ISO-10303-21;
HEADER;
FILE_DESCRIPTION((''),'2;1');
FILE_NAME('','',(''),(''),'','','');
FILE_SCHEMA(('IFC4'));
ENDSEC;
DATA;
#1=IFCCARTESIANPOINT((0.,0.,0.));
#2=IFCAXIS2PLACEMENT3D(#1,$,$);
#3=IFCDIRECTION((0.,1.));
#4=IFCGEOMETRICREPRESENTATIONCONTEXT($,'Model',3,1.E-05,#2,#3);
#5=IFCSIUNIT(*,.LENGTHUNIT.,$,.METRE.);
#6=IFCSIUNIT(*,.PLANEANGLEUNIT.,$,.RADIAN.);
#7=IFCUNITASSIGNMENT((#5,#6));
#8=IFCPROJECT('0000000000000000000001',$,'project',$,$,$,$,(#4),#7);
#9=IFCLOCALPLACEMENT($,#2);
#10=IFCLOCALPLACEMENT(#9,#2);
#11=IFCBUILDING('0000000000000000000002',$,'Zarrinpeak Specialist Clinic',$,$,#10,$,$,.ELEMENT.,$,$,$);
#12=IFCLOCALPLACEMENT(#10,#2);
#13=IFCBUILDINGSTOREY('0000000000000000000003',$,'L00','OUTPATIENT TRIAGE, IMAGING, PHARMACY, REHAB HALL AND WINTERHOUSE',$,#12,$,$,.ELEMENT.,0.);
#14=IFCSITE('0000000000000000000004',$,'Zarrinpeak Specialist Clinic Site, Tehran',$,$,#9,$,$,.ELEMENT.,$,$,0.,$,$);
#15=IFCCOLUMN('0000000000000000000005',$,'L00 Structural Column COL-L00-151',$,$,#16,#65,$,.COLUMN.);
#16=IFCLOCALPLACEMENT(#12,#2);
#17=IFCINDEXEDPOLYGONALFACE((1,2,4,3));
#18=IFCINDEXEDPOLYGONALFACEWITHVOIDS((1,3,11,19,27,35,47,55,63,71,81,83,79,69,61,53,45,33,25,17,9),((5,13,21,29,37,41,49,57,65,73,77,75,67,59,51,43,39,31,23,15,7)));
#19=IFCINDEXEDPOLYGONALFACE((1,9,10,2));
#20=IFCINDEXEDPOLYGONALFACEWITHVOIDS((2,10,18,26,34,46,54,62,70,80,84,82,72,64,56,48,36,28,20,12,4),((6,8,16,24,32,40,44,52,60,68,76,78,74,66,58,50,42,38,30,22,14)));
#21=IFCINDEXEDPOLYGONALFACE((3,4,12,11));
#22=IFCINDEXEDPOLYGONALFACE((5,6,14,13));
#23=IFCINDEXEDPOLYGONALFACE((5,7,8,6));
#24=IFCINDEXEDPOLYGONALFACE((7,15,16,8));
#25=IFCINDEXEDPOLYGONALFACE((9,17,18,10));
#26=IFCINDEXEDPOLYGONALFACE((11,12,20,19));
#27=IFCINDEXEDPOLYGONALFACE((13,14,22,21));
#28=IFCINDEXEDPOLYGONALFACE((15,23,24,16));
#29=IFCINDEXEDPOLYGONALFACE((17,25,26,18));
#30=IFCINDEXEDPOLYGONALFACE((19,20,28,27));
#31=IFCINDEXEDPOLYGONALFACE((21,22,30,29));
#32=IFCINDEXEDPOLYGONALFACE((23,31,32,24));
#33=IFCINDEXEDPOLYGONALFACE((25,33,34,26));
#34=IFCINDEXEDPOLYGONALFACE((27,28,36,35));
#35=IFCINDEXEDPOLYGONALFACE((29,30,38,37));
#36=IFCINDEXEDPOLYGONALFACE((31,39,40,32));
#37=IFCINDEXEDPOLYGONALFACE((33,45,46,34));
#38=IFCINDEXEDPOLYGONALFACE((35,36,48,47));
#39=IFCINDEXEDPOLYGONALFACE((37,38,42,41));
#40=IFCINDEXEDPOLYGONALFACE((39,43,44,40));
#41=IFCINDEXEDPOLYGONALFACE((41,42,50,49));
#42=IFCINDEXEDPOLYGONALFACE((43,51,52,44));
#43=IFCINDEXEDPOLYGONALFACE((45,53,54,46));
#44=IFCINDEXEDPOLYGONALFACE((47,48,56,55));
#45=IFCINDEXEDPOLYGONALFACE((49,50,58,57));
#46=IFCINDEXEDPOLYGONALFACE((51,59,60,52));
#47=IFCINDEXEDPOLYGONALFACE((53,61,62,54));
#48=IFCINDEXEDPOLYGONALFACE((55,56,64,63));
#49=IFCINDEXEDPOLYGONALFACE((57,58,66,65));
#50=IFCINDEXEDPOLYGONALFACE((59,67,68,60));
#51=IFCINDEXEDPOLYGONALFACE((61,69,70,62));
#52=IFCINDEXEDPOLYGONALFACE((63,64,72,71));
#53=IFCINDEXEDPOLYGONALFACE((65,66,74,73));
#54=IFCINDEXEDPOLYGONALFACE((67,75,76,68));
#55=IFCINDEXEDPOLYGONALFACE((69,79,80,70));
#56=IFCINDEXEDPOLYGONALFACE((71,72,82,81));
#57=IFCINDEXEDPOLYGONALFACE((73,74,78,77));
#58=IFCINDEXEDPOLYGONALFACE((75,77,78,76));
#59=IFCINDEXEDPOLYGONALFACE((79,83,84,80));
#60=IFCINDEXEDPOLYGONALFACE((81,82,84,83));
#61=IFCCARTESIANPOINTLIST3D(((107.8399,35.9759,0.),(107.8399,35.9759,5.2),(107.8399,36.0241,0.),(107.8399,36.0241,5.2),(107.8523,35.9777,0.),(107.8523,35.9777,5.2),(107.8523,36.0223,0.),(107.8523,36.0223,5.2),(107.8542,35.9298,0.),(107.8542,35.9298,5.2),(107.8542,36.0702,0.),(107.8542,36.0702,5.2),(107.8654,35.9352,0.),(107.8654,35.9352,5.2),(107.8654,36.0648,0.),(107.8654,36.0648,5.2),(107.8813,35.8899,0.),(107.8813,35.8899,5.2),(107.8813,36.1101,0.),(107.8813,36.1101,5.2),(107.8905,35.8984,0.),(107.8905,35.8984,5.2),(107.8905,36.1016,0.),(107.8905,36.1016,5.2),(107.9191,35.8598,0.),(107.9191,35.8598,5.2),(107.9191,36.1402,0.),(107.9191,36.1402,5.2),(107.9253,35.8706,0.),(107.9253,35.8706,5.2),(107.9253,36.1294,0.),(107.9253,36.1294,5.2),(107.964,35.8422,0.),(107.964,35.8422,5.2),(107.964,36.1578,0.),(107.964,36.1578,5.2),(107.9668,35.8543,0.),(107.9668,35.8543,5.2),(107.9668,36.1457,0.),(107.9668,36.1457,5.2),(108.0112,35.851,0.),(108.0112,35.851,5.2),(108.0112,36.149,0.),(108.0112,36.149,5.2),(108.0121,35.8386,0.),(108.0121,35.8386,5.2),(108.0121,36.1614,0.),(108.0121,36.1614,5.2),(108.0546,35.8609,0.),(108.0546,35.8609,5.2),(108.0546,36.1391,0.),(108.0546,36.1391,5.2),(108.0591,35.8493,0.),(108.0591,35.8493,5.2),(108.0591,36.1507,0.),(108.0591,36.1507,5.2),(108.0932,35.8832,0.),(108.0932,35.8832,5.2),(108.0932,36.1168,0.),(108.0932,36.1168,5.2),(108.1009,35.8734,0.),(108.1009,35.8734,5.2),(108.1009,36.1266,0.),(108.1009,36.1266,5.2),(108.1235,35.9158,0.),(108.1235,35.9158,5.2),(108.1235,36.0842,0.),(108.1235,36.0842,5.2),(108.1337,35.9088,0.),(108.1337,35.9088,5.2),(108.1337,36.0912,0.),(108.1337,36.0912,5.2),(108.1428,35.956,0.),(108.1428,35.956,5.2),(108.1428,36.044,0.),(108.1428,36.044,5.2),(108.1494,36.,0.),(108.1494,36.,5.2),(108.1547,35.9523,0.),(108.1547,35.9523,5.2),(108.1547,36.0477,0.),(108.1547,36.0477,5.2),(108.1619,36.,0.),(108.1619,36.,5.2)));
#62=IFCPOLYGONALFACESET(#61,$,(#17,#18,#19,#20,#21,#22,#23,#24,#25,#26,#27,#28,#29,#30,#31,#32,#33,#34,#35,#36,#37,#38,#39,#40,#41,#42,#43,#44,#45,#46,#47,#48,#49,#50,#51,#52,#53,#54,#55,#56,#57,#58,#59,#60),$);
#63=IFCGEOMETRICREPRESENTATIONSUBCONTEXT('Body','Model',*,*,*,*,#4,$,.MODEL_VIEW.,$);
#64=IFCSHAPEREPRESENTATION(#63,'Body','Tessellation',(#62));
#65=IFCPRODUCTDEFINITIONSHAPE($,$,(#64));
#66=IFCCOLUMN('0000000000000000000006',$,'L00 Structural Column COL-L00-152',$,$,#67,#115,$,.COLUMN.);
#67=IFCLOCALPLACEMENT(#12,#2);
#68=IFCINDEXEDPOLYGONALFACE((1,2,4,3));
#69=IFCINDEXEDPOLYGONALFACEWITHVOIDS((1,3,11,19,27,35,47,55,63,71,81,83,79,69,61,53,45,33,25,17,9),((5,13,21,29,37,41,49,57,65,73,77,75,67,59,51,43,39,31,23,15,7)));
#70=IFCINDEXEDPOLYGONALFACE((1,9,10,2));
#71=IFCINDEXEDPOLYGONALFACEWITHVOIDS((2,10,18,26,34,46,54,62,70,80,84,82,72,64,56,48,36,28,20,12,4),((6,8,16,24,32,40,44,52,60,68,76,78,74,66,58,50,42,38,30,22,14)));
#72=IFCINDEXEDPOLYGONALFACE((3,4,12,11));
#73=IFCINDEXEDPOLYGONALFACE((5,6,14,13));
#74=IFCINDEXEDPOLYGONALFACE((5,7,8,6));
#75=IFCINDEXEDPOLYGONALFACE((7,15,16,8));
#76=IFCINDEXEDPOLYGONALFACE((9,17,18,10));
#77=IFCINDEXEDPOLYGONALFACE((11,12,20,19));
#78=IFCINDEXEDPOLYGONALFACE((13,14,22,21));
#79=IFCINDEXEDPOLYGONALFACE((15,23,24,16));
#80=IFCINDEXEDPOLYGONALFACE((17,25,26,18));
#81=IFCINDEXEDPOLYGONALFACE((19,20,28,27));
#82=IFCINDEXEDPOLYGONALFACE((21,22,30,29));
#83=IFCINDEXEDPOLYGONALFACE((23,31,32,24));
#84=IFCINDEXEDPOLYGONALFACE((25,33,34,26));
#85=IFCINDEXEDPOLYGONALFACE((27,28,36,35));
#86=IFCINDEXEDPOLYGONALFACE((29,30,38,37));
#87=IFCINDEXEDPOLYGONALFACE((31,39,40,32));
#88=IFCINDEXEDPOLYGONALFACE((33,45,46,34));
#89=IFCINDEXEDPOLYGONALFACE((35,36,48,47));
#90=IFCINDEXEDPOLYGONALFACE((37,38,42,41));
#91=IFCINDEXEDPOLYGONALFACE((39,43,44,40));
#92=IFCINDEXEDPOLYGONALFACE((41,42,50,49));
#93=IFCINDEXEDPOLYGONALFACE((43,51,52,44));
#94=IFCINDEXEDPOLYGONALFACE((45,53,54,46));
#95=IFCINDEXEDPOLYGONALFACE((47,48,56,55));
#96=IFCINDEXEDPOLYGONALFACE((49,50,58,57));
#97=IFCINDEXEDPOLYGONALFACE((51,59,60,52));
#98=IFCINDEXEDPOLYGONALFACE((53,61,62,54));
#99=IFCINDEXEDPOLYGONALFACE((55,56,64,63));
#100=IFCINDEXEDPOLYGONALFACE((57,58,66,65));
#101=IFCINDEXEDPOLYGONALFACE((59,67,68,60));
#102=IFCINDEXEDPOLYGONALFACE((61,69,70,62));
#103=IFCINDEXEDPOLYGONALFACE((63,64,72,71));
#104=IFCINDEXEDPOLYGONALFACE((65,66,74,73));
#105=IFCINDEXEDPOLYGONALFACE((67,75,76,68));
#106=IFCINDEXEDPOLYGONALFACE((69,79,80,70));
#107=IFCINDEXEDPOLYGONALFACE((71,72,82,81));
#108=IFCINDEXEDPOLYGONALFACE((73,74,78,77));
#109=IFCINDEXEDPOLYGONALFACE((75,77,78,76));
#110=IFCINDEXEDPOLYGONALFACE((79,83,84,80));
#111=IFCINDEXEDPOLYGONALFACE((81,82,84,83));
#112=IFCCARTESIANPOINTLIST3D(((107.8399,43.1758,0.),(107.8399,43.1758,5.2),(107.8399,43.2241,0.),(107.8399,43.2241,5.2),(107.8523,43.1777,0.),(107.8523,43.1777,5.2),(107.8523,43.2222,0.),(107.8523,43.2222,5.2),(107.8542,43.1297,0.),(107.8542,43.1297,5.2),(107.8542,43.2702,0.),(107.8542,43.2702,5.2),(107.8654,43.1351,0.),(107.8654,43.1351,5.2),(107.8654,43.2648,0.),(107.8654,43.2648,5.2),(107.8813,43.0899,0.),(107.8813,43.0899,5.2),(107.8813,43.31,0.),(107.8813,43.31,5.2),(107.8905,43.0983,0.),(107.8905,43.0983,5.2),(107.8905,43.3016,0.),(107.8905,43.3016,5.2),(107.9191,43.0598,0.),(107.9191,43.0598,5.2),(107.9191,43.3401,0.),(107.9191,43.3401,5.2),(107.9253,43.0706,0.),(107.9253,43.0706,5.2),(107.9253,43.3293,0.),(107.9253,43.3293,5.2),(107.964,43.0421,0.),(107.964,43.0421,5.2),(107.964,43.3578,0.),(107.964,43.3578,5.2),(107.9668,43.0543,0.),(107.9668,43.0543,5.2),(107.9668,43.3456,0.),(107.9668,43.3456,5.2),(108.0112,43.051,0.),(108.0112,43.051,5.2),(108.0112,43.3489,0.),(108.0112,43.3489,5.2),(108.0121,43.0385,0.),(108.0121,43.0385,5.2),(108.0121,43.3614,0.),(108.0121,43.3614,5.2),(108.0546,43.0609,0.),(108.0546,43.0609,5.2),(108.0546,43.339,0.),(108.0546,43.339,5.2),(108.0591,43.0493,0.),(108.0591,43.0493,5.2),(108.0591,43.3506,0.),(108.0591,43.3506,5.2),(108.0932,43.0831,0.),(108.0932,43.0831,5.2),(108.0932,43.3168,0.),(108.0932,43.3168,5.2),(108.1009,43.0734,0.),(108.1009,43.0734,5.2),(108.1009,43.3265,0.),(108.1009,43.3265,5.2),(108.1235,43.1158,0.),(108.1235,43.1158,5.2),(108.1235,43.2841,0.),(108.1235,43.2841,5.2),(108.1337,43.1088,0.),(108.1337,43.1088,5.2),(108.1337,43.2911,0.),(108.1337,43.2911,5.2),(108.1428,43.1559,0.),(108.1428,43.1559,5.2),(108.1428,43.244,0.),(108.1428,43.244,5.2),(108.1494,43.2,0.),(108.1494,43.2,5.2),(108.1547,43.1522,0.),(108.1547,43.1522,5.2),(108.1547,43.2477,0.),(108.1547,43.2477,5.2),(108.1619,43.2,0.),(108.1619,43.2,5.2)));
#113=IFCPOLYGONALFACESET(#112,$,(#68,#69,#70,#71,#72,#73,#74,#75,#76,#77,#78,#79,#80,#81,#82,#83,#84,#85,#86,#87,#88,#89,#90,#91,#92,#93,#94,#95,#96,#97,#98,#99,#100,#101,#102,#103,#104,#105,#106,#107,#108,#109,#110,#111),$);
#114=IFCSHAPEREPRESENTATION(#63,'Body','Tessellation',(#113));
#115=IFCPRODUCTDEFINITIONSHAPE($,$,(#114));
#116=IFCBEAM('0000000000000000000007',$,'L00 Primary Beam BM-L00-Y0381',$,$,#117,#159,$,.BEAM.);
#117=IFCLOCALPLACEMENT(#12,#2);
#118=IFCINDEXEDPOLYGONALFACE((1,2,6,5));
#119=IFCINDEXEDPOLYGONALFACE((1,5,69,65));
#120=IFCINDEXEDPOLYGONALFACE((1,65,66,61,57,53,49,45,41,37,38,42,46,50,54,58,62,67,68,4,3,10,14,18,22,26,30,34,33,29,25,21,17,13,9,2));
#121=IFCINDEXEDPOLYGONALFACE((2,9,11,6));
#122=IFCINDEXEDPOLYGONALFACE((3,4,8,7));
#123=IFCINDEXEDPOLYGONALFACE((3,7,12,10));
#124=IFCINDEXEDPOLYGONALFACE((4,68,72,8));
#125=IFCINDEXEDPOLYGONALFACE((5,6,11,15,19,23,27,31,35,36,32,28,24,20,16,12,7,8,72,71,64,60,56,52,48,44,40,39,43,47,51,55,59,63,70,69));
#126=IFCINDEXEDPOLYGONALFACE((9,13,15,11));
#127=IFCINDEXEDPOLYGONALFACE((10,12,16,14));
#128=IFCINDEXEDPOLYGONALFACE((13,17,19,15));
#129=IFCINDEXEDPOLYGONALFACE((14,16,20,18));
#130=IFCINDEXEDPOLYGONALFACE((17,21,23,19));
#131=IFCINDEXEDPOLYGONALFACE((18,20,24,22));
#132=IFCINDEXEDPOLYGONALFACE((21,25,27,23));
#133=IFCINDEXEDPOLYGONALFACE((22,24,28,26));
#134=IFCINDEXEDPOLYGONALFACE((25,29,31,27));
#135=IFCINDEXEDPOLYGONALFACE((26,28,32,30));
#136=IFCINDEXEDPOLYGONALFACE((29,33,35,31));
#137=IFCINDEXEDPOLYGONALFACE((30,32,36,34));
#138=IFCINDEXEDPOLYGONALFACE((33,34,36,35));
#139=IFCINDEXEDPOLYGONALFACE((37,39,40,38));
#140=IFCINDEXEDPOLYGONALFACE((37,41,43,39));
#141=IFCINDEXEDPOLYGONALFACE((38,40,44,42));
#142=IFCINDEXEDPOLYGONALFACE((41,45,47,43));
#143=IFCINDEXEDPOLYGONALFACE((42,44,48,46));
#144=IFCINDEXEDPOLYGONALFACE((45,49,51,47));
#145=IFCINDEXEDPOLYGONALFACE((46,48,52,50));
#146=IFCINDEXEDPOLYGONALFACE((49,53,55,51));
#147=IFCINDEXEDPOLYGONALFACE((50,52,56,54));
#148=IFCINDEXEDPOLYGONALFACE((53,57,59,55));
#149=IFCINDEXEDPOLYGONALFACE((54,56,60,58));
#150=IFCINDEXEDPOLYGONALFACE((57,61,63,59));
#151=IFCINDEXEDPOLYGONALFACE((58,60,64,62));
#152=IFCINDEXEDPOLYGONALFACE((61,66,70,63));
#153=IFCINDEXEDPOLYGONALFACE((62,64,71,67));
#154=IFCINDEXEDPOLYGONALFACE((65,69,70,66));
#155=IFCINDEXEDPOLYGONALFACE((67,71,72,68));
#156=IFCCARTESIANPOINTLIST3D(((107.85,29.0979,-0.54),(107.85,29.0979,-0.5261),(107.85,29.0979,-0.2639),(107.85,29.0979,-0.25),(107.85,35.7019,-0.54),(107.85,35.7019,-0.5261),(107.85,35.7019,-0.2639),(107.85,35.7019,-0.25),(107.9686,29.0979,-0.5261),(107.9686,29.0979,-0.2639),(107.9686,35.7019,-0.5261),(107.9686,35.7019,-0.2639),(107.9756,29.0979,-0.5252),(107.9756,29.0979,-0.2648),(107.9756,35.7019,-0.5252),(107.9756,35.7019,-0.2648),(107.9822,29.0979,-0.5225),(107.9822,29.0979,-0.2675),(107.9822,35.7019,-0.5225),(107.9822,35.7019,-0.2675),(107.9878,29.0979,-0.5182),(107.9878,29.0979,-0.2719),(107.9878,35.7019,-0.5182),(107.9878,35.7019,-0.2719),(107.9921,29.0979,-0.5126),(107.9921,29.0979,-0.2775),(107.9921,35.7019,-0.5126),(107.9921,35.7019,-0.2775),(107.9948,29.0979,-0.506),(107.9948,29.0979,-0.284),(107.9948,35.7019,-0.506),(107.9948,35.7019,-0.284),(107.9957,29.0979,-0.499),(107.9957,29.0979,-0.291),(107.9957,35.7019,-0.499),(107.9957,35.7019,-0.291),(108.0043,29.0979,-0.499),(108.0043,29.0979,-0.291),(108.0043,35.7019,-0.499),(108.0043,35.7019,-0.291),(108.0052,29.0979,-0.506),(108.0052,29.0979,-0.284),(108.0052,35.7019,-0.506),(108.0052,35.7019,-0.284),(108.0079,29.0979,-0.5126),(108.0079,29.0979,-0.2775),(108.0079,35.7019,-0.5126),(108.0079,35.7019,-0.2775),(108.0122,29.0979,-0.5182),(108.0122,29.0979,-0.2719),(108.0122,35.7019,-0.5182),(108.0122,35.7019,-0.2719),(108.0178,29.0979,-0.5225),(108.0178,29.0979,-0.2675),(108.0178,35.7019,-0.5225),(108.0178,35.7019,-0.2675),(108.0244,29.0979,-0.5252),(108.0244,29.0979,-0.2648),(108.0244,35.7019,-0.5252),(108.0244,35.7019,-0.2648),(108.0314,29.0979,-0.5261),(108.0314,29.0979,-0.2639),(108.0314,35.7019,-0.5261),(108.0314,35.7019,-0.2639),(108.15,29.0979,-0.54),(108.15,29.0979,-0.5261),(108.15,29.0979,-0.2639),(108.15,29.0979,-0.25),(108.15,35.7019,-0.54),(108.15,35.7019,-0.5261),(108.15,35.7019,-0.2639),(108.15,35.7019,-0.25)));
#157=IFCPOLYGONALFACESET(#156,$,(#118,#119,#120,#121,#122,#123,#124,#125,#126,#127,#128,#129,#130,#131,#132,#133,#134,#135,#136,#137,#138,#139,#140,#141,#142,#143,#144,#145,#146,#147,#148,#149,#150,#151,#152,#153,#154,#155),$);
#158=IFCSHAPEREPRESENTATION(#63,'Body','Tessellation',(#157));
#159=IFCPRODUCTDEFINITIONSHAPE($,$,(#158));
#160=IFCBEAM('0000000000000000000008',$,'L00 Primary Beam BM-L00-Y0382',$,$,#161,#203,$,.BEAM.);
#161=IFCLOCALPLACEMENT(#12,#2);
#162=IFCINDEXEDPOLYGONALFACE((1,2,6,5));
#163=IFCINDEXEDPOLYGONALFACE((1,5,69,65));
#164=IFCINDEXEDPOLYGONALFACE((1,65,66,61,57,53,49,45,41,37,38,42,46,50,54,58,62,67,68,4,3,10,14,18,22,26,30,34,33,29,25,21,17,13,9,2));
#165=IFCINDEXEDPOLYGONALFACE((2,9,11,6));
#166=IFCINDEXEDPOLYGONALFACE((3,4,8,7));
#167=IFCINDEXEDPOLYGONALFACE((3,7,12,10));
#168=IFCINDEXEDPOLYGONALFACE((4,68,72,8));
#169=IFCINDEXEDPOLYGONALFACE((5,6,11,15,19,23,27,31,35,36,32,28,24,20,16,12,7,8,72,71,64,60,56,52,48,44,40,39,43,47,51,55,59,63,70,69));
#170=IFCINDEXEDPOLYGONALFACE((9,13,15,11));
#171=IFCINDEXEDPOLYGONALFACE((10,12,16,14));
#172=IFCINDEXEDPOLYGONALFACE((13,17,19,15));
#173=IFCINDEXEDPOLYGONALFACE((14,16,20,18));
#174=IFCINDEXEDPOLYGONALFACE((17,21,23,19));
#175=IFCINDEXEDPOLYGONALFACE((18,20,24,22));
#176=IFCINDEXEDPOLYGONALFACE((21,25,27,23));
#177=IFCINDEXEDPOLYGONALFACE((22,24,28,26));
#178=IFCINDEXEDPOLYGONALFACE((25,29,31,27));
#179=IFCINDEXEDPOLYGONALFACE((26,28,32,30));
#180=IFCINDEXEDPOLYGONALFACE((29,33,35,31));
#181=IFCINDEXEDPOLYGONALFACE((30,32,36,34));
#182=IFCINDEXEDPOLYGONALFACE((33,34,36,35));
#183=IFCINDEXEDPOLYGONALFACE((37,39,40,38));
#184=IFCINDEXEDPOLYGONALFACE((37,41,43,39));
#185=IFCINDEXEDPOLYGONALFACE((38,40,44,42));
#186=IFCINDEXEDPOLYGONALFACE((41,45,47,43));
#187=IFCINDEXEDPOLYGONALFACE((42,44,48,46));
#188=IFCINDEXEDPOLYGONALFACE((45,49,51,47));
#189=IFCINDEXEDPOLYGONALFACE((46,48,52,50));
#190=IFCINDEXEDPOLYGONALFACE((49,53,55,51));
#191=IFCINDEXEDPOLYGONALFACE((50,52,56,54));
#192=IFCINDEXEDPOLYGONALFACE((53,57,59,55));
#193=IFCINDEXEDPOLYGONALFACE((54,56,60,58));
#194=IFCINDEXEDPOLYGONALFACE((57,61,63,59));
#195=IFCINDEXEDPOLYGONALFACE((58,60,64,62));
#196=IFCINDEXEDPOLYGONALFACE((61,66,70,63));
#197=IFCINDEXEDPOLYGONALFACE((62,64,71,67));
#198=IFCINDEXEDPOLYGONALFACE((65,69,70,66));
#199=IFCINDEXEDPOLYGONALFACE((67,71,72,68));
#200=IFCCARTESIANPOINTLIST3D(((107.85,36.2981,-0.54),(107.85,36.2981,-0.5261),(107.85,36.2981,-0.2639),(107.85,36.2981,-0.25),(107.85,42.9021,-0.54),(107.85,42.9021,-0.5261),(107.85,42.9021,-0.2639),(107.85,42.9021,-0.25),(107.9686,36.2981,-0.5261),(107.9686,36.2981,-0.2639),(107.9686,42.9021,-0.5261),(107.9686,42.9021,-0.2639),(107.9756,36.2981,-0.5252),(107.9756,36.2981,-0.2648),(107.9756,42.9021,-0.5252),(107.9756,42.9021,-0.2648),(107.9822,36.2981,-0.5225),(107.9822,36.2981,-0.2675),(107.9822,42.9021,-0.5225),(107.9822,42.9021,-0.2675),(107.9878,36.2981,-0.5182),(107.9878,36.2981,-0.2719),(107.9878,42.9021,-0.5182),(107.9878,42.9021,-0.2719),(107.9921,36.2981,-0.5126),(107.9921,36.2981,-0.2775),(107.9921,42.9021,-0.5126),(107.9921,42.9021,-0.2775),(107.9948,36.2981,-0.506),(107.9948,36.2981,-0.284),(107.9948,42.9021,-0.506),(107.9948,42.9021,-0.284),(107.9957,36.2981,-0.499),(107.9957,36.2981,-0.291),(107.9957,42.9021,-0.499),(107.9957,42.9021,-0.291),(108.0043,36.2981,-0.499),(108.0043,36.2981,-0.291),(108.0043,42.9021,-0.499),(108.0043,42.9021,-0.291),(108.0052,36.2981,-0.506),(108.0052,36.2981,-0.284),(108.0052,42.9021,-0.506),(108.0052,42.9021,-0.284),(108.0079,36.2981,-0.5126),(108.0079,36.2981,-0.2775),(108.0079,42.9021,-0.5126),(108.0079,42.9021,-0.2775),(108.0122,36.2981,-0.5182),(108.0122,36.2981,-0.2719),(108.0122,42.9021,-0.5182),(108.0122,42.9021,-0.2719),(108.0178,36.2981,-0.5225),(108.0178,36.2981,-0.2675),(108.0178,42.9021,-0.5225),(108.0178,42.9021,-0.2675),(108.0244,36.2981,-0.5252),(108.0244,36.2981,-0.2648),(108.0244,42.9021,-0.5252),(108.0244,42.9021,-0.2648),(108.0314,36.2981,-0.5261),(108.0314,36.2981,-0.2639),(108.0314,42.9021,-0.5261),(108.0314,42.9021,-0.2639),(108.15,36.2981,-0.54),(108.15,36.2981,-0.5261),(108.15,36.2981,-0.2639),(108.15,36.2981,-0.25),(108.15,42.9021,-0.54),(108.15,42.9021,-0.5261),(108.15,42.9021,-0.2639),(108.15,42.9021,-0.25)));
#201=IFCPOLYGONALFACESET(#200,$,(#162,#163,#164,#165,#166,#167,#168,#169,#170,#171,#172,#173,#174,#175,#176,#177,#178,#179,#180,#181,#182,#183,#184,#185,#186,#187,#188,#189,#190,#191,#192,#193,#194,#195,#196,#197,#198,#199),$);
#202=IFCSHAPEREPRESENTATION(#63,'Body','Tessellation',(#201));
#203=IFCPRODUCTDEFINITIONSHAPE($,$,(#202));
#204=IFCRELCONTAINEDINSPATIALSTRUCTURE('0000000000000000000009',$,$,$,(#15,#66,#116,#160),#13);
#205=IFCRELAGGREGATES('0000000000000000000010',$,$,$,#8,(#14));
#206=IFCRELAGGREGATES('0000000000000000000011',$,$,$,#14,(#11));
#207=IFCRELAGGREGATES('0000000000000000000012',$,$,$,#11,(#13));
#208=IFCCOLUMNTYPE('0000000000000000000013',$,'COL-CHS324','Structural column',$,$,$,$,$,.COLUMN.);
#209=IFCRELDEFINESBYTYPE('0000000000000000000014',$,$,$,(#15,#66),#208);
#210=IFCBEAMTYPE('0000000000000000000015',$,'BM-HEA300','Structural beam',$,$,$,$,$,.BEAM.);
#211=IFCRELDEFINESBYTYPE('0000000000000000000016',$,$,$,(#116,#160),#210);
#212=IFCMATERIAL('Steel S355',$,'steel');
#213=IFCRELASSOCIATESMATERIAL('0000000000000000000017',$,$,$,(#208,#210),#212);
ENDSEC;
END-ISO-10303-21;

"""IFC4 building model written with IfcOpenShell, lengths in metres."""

from ifc_helpers import new_model, si_unit, direction, frame, origin, origin_2d, place, context, subcontext, project, spatial, hollow_circle, i_section, extrude, material, material_profile, profile_set, type_object, element, save


model = new_model("IFC4")

# Units and contexts
model_context = context("Model", 3, precision=1e-05, world=origin(), true_north=direction((0.0, 1.0)))
body_context = subcontext(model_context, "Body", "Model", "MODEL_VIEW")
ifc_project = project(units=[si_unit("LENGTHUNIT", "METRE"), si_unit("PLANEANGLEUNIT", "RADIAN")], contexts=[model_context])

# Site, building, storey
site_placement = place(None, origin())
site = spatial("IfcSite", under=ifc_project, at=site_placement, Name="Zarrinpeak Specialist Clinic Site, Tehran", CompositionType="ELEMENT", RefElevation=0.0)
building_placement = place(site_placement, origin())
building = spatial("IfcBuilding", under=site, at=building_placement, Name="Zarrinpeak Specialist Clinic", CompositionType="ELEMENT")
storey_placement = place(building_placement, origin())
storey = spatial("IfcBuildingStorey", under=building, at=storey_placement, Name="L00", Description="OUTPATIENT TRIAGE, IMAGING, PHARMACY, REHAB HALL AND WINTERHOUSE", CompositionType="ELEMENT", Elevation=0.0)

# Columns
ifc_material_1 = material(Name="Steel S355", Category="steel")
ifc_material_profile_1 = material_profile(ifc_material_1, hollow_circle(Radius=0.1619, WallThickness=0.0125, at=origin_2d()), Name="CHS 323.9x12.5")
ifc_profile_set_1 = profile_set([ifc_material_profile_1], Name="Steel S355")
column_type = type_object("IfcColumnType", Name="COL-CHS324", Description="Structural column", PredefinedType="COLUMN", material=ifc_profile_set_1)
for number, where, z_axis, x_axis, name in (
    (1, (108.0, 36.0, 0.0), (0.0, 0.0, 1.0), (1.0, 0.0, 0.0), "L00 Structural Column COL-L00-151"),
    (2, (108.0, 43.2, 0.0), (0.0, 0.0, 1.0), (1.0, 0.0, 0.0), "L00 Structural Column COL-L00-152"),
):
    element("IfcColumn", number, at=place(storey_placement, frame(where, z_axis=z_axis, x_axis=x_axis)), inside=storey, type_object=column_type, Name=name, PredefinedType="COLUMN", context=body_context, shape_type="SweptSolid", body=[
        extrude(hollow_circle(Radius=0.1619, WallThickness=0.0125, at=origin_2d()), origin(), (0.0, 0.0, 1.0), 5.2),
    ])

# Beams
ifc_material_profile_2 = material_profile(ifc_material_1, i_section(OverallWidth=0.3, OverallDepth=0.29, WebThickness=0.0085, FlangeThickness=0.0139, FilletRadius=0.0271, at=origin_2d()), Name="HEA 300")
ifc_profile_set_2 = profile_set([ifc_material_profile_2], Name="Steel S355")
beam_type_1 = type_object("IfcBeamType", Name="BM-HEA300", Description="Structural beam", PredefinedType="BEAM", material=ifc_profile_set_2)
for number, where, z_axis, x_axis, name in (
    (3, (108.0, 29.0979, -0.395), (0.0, 1.0, 0.0), (-1.0, 0.0, 0.0), "L00 Primary Beam BM-L00-Y0381"),
    (4, (108.0, 36.2981, -0.395), (0.0, 1.0, 0.0), (-1.0, 0.0, 0.0), "L00 Primary Beam BM-L00-Y0382"),
):
    element("IfcBeam", number, at=place(storey_placement, frame(where, z_axis=z_axis, x_axis=x_axis)), inside=storey, type_object=beam_type_1, Name=name, PredefinedType="BEAM", context=body_context, shape_type="SweptSolid", body=[
        extrude(i_section(OverallWidth=0.3, OverallDepth=0.29, WebThickness=0.0085, FlangeThickness=0.0139, FilletRadius=0.0271, at=origin_2d()), origin(), (0.0, 0.0, 1.0), 6.604),
    ])

save(model, "model.ifc")
